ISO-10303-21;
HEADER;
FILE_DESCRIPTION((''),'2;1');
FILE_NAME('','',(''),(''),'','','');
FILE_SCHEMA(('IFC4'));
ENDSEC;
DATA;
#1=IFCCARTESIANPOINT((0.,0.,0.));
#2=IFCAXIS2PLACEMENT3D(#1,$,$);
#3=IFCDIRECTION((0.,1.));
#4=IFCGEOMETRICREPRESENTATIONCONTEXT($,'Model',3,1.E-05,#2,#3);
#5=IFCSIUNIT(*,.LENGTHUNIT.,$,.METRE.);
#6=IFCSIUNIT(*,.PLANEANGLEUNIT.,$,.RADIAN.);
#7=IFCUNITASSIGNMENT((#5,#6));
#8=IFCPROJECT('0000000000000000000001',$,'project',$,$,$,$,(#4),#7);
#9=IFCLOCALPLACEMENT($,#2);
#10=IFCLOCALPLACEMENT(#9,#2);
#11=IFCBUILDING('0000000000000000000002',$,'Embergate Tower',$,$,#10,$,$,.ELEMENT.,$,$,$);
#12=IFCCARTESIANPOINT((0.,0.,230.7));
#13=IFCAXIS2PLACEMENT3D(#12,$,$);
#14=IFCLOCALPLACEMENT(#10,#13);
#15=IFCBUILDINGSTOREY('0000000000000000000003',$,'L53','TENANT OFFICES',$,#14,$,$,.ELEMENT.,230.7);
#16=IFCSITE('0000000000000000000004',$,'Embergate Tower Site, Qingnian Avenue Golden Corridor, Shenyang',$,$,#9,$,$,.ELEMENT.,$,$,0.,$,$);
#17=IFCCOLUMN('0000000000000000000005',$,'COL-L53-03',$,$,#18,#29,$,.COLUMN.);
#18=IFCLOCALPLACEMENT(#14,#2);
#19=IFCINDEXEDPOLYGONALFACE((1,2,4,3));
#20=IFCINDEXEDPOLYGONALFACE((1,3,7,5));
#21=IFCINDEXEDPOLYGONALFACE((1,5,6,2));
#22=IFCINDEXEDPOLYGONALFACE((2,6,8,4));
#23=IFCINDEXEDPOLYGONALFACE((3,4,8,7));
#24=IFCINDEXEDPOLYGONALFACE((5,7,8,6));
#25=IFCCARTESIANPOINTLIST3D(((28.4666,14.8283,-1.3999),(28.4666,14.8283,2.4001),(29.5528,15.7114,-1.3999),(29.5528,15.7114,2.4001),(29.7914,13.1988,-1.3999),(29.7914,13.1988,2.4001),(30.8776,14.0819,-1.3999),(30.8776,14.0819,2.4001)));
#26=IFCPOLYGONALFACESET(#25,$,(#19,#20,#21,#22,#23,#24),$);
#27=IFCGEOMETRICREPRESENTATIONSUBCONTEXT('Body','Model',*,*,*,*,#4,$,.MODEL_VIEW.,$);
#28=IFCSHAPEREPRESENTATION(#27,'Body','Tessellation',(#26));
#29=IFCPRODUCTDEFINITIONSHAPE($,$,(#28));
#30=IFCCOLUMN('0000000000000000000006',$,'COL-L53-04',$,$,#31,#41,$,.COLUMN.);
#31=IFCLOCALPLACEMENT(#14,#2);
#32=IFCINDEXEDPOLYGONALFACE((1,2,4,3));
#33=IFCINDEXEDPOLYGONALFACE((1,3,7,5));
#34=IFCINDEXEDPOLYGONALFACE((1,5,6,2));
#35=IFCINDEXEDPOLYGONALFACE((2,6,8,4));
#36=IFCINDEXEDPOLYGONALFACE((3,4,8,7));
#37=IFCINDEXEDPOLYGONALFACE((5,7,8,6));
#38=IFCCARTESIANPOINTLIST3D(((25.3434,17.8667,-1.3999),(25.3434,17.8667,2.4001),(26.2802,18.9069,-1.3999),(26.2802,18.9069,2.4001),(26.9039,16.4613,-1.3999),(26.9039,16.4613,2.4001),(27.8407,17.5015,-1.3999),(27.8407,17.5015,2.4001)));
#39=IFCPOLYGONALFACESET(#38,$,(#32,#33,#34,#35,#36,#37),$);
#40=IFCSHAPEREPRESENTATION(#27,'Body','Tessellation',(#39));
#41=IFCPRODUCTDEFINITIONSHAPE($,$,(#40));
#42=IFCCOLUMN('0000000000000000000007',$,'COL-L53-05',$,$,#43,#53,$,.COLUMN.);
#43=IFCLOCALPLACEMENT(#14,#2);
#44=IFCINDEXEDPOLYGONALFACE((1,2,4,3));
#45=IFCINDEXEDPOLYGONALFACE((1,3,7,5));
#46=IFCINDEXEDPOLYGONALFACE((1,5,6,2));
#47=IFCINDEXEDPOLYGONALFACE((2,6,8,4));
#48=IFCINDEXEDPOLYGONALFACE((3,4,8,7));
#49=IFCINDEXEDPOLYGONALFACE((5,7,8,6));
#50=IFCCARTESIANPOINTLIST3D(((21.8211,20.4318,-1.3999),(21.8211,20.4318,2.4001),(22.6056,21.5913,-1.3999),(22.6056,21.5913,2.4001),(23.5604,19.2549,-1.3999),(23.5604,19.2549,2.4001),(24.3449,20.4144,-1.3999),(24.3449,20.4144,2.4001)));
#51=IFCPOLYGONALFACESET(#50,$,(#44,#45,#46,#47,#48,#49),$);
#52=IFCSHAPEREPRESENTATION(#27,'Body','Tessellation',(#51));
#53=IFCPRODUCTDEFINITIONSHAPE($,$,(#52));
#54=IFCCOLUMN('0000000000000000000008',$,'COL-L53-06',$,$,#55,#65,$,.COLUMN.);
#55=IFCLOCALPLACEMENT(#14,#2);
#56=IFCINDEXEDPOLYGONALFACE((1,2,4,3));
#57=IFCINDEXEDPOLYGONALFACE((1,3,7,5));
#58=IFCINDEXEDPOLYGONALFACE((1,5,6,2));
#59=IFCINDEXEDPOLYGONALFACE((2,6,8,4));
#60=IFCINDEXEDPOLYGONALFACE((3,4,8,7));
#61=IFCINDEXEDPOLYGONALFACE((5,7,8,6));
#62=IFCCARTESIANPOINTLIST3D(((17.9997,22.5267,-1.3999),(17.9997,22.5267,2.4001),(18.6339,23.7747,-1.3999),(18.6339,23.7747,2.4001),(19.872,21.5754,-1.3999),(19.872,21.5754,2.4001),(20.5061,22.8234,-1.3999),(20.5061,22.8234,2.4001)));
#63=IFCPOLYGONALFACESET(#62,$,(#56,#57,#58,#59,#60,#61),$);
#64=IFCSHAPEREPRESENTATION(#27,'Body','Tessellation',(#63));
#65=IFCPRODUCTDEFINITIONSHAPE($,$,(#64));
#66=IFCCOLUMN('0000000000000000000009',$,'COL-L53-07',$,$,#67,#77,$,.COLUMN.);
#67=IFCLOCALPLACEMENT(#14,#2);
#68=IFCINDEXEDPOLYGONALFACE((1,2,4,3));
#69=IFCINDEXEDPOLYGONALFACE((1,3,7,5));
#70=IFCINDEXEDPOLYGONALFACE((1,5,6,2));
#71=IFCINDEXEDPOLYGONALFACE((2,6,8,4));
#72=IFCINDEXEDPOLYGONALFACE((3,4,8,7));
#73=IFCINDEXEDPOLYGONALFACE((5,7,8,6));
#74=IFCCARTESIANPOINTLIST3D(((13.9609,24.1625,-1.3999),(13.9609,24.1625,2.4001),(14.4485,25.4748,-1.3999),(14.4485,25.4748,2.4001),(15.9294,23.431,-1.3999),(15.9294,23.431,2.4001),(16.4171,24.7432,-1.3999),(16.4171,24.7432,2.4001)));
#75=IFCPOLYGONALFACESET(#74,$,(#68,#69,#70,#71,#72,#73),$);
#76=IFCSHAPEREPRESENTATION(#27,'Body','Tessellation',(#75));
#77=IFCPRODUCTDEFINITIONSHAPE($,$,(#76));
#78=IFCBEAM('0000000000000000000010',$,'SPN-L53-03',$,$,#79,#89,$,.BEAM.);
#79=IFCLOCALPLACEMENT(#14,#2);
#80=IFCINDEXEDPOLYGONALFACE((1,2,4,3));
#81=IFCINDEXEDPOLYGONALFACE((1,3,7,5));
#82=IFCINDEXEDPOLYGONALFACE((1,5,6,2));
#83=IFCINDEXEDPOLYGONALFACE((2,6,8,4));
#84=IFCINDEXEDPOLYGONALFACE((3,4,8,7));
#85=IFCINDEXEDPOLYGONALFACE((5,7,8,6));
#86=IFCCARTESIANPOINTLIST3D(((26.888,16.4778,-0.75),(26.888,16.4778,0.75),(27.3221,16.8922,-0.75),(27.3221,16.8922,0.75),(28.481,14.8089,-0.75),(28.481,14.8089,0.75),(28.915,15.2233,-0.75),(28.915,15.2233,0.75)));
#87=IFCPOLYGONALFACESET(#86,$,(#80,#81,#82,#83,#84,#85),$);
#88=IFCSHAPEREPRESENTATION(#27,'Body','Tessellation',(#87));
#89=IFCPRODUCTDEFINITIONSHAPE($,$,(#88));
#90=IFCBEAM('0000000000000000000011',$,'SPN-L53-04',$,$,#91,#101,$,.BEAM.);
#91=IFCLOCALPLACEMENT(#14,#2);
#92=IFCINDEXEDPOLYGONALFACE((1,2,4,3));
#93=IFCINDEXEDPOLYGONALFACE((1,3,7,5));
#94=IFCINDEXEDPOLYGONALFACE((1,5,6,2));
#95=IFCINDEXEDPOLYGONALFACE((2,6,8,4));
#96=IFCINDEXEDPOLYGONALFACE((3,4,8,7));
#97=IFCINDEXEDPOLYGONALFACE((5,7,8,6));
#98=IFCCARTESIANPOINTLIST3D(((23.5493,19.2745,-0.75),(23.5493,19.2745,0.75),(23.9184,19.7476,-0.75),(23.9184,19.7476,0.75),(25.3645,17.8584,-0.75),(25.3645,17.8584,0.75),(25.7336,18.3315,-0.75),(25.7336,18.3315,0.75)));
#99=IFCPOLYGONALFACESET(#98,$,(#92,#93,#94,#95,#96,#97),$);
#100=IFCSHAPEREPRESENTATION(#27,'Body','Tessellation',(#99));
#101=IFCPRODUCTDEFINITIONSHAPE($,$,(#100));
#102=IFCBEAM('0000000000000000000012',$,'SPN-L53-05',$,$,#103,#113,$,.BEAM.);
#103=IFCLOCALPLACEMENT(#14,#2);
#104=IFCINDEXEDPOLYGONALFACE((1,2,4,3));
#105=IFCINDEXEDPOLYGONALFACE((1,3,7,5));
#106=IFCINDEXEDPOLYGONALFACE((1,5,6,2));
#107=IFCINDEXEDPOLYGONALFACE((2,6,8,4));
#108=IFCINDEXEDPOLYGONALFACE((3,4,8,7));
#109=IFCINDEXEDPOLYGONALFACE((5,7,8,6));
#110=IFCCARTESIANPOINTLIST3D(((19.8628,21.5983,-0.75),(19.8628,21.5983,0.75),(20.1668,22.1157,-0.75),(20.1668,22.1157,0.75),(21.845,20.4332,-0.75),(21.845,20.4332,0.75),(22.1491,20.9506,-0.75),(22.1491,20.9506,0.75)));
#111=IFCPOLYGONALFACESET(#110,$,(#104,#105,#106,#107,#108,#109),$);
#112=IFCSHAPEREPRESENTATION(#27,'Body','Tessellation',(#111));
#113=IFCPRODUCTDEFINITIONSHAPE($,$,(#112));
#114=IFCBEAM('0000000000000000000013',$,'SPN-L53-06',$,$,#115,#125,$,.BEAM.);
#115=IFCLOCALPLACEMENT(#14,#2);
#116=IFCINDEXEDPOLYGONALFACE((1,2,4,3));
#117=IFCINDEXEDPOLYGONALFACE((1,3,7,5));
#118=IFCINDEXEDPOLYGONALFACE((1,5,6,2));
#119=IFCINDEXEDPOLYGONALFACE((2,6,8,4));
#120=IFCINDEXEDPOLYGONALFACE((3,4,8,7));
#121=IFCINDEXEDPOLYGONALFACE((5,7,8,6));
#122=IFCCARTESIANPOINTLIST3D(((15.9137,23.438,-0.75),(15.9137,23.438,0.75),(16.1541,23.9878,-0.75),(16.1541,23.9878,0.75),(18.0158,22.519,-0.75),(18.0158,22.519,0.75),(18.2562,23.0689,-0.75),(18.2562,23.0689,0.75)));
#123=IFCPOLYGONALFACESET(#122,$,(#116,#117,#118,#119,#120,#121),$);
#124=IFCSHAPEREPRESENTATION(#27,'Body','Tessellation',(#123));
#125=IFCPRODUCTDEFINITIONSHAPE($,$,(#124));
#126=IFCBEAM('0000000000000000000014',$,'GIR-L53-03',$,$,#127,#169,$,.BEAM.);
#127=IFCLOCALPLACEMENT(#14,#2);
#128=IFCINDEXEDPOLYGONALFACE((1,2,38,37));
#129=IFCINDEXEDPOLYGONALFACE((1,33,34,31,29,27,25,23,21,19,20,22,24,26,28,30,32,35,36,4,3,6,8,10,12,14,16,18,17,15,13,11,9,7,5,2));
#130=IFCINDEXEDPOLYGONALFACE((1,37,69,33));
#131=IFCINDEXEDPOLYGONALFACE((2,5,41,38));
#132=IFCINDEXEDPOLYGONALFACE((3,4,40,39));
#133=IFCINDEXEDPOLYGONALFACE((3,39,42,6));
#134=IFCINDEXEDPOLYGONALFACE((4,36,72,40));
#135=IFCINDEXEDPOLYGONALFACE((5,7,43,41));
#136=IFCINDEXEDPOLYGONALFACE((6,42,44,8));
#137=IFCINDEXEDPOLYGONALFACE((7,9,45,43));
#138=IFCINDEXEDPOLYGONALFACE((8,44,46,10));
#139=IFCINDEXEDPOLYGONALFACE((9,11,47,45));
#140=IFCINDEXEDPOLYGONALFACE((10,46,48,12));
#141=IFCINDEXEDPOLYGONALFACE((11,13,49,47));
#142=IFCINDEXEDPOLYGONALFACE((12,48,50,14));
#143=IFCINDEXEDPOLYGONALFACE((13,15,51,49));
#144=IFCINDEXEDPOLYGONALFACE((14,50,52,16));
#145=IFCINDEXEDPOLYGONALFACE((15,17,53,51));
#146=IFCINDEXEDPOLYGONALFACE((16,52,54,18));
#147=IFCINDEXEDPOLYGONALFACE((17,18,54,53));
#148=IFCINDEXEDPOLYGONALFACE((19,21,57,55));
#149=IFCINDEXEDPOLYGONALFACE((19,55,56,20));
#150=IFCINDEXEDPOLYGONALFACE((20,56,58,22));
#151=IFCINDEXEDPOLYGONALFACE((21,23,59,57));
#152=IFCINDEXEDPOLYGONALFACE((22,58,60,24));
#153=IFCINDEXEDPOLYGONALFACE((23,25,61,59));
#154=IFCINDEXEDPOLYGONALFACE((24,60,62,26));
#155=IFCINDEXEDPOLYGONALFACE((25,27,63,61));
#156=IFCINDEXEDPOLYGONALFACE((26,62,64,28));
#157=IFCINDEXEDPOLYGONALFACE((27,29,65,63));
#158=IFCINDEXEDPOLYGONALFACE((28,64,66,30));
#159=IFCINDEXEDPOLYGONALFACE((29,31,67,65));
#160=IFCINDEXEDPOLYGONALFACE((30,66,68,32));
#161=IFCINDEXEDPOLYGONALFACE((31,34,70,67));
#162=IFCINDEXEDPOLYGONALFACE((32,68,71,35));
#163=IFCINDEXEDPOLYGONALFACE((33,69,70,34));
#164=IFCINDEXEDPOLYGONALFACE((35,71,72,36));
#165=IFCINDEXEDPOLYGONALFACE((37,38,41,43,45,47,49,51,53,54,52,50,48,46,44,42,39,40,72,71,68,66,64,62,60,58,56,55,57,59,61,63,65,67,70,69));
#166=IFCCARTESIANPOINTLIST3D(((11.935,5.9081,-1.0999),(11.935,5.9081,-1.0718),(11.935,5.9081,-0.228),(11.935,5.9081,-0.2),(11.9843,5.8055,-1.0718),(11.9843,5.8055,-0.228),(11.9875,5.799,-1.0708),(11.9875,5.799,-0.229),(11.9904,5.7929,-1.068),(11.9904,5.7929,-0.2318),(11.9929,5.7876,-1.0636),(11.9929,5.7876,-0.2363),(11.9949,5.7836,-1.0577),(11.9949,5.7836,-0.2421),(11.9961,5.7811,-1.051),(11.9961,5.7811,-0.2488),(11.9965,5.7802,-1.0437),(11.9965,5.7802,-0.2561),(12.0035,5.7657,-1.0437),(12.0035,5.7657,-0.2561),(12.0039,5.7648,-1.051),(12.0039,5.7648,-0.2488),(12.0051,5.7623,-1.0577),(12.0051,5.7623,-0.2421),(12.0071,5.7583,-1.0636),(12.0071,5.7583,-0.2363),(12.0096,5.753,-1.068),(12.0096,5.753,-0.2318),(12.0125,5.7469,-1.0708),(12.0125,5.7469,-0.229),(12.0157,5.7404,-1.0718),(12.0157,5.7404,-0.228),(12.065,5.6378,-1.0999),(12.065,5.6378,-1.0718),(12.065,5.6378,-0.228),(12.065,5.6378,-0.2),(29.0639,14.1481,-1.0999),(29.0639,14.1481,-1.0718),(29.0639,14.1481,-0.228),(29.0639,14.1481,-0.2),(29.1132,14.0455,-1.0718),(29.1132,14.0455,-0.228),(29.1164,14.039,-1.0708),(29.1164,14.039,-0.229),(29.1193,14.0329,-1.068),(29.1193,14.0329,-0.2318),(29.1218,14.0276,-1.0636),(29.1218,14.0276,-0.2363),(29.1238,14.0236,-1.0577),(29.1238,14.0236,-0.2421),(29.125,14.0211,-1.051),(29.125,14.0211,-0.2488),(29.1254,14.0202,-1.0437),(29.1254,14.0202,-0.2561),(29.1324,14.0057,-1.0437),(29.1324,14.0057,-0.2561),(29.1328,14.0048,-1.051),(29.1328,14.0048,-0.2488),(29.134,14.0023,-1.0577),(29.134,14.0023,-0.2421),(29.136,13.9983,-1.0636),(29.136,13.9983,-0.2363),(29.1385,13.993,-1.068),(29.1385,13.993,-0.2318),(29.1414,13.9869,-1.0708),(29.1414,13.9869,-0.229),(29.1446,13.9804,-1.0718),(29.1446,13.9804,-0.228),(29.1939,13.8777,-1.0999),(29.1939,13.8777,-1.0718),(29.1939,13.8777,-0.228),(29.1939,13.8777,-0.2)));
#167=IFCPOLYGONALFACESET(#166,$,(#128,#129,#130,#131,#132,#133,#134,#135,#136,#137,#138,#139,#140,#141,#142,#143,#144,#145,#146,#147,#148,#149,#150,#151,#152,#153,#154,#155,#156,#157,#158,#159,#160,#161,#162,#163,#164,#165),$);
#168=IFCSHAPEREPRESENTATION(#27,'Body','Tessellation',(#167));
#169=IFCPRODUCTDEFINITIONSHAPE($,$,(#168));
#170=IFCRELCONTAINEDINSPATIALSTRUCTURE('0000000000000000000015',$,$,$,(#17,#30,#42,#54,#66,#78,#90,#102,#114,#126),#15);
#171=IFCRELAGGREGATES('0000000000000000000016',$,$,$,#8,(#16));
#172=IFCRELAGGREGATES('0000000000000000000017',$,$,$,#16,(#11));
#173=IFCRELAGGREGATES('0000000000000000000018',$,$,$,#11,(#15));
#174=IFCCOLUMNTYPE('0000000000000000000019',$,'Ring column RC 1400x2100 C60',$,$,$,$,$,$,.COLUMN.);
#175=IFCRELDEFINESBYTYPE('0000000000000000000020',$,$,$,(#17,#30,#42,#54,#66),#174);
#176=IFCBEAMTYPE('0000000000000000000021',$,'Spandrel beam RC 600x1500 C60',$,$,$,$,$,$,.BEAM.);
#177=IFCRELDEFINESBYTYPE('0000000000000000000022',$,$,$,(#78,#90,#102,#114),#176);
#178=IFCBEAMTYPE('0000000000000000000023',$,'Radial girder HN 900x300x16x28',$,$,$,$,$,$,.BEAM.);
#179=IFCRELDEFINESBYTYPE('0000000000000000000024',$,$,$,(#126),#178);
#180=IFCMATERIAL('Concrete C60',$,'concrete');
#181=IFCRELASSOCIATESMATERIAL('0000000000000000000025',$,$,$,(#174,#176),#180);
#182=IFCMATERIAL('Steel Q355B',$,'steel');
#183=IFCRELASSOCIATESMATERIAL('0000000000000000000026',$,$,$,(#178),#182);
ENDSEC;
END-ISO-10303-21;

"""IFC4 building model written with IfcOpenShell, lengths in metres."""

from ifc_helpers import new_model, si_unit, direction, frame, origin, origin_2d, place, context, subcontext, project, spatial, rectangle, i_section, extrude, source, transform, mapped, material, material_profile, profile_set, type_object, element, save


model = new_model("IFC4")

# Units and contexts
model_context = context("Model", 3, precision=1e-05, world=origin(), true_north=direction((0.0, 1.0)))
body_context = subcontext(model_context, "Body", "Model", "MODEL_VIEW")
ifc_project = project(units=[si_unit("LENGTHUNIT", "METRE"), si_unit("PLANEANGLEUNIT", "RADIAN")], contexts=[model_context])

# Site, building, storey
site_placement = place(None, origin())
site = spatial("IfcSite", under=ifc_project, at=site_placement, Name="Embergate Tower Site, Qingnian Avenue Golden Corridor, Shenyang", CompositionType="ELEMENT", RefElevation=0.0)
building_placement = place(site_placement, origin())
building = spatial("IfcBuilding", under=site, at=building_placement, Name="Embergate Tower", CompositionType="ELEMENT")
storey_placement = place(building_placement, frame((0.0, 0.0, 230.7)))
storey = spatial("IfcBuildingStorey", under=building, at=storey_placement, Name="L53", Description="TENANT OFFICES", CompositionType="ELEMENT", Elevation=230.7)

# Columns
ifc_material_1 = material(Name="Concrete C60", Category="concrete")
ifc_material_profile_1 = material_profile(ifc_material_1, rectangle(XDim=1.3999, YDim=2.1001, at=origin_2d()), Name="RC 1400x2100")
ifc_profile_set_1 = profile_set([ifc_material_profile_1], Name="Concrete C60")
column_type = type_object("IfcColumnType", Name="Ring column RC 1400x2100 C60", PredefinedType="COLUMN", material=ifc_profile_set_1)
shared_shape_1 = source(origin(), body_context, "Body", "SweptSolid", [
    extrude(rectangle(XDim=1.3999, YDim=2.1001, at=origin_2d()), origin(), (0.0, 0.0, 1.0), 3.8),
])
for number, where, z_axis, x_axis, name in (
    (1, (29.6721, 14.4551, -1.3999), (0.0, 0.0, 1.0), (0.775925, 0.630825, 0.0), "COL-L53-03"),
    (2, (26.592, 17.6841, -1.3999), (0.0, 0.0, 1.0), (0.669221, 0.743063, 0.0), "COL-L53-04"),
    (3, (23.083, 20.4231, -1.3999), (0.0, 0.0, 1.0), (0.560393, 0.828227, 0.0), "COL-L53-05"),
    (4, (19.2529, 22.675, -1.3999), (0.0, 0.0, 1.0), (0.453011, 0.891505, 0.0), "COL-L53-06"),
    (5, (15.189, 24.4529, -1.3999), (0.0, 0.0, 1.0), (0.348343, 0.937367, 0.0), "COL-L53-07"),
):
    element("IfcColumn", number, at=place(storey_placement, frame(where, z_axis=z_axis, x_axis=x_axis)), inside=storey, type_object=column_type, Name=name, PredefinedType="COLUMN", context=body_context, shape_type="MappedRepresentation", body=[
        mapped(shared_shape_1, transform((0.0, 0.0, 0.0))),
    ])

# Beams
ifc_material_profile_2 = material_profile(ifc_material_1, rectangle(XDim=0.6001, YDim=1.5, at=origin_2d()), Name="RC 600x1500")
ifc_profile_set_2 = profile_set([ifc_material_profile_2], Name="Concrete C60")
beam_type_1 = type_object("IfcBeamType", Name="Spandrel beam RC 600x1500 C60", PredefinedType="BEAM", material=ifc_profile_set_2)
shared_shape_2 = source(origin(), body_context, "Body", "SweptSolid", [
    extrude(rectangle(XDim=0.6001, YDim=1.5, at=origin_2d()), origin(), (0.0, 0.0, 1.0), 2.3071),
])
beam_1_placement = place(storey_placement, frame((28.698, 15.0161, 0.0), z_axis=(-0.690461, 0.72337, 0.0), x_axis=(-0.72337, -0.690461, 0.0)))
element("IfcBeam", 6, at=beam_1_placement, inside=storey, type_object=beam_type_1, Name="SPN-L53-03", PredefinedType="BEAM", context=body_context, shape_type="MappedRepresentation", body=[
    mapped(shared_shape_2, transform((0.0, 0.0, 0.0))),
])
shared_shape_3 = source(origin(), body_context, "Body", "SweptSolid", [
    extrude(rectangle(XDim=0.6001, YDim=1.5, at=origin_2d()), origin(), (0.0, 0.0, 1.0), 2.3022),
])
beam_2_placement = place(storey_placement, frame((25.5491, 18.095, 0.0), z_axis=(-0.788466, 0.615078, 0.0), x_axis=(-0.615078, -0.788466, 0.0)))
element("IfcBeam", 7, at=beam_2_placement, inside=storey, type_object=beam_type_1, Name="SPN-L53-04", PredefinedType="BEAM", context=body_context, shape_type="MappedRepresentation", body=[
    mapped(shared_shape_3, transform((0.0, 0.0, 0.0))),
])
shared_shape_4 = source(origin(), body_context, "Body", "SweptSolid", [
    extrude(rectangle(XDim=0.6001, YDim=1.5, at=origin_2d()), origin(), (0.0, 0.0, 1.0), 2.2993),
])
beam_3_placement = place(storey_placement, frame((21.9971, 20.6919, 0.0), z_axis=(-0.862114, 0.506714, 0.0), x_axis=(-0.506714, -0.862114, 0.0)))
element("IfcBeam", 8, at=beam_3_placement, inside=storey, type_object=beam_type_1, Name="SPN-L53-05", PredefinedType="BEAM", context=body_context, shape_type="MappedRepresentation", body=[
    mapped(shared_shape_4, transform((0.0, 0.0, 0.0))),
])
shared_shape_5 = source(origin(), body_context, "Body", "SweptSolid", [
    extrude(rectangle(XDim=0.6001, YDim=1.5, at=origin_2d()), origin(), (0.0, 0.0, 1.0), 2.2942),
])
beam_4_placement = place(storey_placement, frame((18.136, 22.7939, 0.0), z_axis=(-0.91627, 0.400562, 0.0), x_axis=(-0.400562, -0.91627, 0.0)))
element("IfcBeam", 9, at=beam_4_placement, inside=storey, type_object=beam_type_1, Name="SPN-L53-06", PredefinedType="BEAM", context=body_context, shape_type="MappedRepresentation", body=[
    mapped(shared_shape_5, transform((0.0, 0.0, 0.0))),
])
ifc_material_2 = material(Name="Steel Q355B", Category="steel")
ifc_material_profile_3 = material_profile(ifc_material_2, i_section(OverallWidth=0.3, OverallDepth=0.8999, WebThickness=0.0161, FlangeThickness=0.0281, FilletRadius=0.0281, at=origin_2d()), Name="HN 900x300x16x28")
ifc_profile_set_3 = profile_set([ifc_material_profile_3], Name="Steel Q355 grade B")
beam_type_2 = type_object("IfcBeamType", Name="Radial girder HN 900x300x16x28", PredefinedType="BEAM", material=ifc_profile_set_3)
shared_shape_6 = source(origin(), body_context, "Body", "SweptSolid", [
    extrude(i_section(OverallWidth=0.3, OverallDepth=0.8999, WebThickness=0.0161, FlangeThickness=0.0281, FilletRadius=0.0281, at=origin_2d()), origin(), (0.0, 0.0, 1.0), 19.0078),
])
beam_5_placement = place(storey_placement, frame((29.1289, 14.0129, -0.6499), z_axis=(-0.901151, -0.433505, 0.0), x_axis=(0.433505, -0.901151, 0.0)))
element("IfcBeam", 10, at=beam_5_placement, inside=storey, type_object=beam_type_2, Name="GIR-L53-03", PredefinedType="BEAM", context=body_context, shape_type="MappedRepresentation", body=[
    mapped(shared_shape_6, transform((0.0, 0.0, 0.0))),
])

save(model, "model.ifc")
